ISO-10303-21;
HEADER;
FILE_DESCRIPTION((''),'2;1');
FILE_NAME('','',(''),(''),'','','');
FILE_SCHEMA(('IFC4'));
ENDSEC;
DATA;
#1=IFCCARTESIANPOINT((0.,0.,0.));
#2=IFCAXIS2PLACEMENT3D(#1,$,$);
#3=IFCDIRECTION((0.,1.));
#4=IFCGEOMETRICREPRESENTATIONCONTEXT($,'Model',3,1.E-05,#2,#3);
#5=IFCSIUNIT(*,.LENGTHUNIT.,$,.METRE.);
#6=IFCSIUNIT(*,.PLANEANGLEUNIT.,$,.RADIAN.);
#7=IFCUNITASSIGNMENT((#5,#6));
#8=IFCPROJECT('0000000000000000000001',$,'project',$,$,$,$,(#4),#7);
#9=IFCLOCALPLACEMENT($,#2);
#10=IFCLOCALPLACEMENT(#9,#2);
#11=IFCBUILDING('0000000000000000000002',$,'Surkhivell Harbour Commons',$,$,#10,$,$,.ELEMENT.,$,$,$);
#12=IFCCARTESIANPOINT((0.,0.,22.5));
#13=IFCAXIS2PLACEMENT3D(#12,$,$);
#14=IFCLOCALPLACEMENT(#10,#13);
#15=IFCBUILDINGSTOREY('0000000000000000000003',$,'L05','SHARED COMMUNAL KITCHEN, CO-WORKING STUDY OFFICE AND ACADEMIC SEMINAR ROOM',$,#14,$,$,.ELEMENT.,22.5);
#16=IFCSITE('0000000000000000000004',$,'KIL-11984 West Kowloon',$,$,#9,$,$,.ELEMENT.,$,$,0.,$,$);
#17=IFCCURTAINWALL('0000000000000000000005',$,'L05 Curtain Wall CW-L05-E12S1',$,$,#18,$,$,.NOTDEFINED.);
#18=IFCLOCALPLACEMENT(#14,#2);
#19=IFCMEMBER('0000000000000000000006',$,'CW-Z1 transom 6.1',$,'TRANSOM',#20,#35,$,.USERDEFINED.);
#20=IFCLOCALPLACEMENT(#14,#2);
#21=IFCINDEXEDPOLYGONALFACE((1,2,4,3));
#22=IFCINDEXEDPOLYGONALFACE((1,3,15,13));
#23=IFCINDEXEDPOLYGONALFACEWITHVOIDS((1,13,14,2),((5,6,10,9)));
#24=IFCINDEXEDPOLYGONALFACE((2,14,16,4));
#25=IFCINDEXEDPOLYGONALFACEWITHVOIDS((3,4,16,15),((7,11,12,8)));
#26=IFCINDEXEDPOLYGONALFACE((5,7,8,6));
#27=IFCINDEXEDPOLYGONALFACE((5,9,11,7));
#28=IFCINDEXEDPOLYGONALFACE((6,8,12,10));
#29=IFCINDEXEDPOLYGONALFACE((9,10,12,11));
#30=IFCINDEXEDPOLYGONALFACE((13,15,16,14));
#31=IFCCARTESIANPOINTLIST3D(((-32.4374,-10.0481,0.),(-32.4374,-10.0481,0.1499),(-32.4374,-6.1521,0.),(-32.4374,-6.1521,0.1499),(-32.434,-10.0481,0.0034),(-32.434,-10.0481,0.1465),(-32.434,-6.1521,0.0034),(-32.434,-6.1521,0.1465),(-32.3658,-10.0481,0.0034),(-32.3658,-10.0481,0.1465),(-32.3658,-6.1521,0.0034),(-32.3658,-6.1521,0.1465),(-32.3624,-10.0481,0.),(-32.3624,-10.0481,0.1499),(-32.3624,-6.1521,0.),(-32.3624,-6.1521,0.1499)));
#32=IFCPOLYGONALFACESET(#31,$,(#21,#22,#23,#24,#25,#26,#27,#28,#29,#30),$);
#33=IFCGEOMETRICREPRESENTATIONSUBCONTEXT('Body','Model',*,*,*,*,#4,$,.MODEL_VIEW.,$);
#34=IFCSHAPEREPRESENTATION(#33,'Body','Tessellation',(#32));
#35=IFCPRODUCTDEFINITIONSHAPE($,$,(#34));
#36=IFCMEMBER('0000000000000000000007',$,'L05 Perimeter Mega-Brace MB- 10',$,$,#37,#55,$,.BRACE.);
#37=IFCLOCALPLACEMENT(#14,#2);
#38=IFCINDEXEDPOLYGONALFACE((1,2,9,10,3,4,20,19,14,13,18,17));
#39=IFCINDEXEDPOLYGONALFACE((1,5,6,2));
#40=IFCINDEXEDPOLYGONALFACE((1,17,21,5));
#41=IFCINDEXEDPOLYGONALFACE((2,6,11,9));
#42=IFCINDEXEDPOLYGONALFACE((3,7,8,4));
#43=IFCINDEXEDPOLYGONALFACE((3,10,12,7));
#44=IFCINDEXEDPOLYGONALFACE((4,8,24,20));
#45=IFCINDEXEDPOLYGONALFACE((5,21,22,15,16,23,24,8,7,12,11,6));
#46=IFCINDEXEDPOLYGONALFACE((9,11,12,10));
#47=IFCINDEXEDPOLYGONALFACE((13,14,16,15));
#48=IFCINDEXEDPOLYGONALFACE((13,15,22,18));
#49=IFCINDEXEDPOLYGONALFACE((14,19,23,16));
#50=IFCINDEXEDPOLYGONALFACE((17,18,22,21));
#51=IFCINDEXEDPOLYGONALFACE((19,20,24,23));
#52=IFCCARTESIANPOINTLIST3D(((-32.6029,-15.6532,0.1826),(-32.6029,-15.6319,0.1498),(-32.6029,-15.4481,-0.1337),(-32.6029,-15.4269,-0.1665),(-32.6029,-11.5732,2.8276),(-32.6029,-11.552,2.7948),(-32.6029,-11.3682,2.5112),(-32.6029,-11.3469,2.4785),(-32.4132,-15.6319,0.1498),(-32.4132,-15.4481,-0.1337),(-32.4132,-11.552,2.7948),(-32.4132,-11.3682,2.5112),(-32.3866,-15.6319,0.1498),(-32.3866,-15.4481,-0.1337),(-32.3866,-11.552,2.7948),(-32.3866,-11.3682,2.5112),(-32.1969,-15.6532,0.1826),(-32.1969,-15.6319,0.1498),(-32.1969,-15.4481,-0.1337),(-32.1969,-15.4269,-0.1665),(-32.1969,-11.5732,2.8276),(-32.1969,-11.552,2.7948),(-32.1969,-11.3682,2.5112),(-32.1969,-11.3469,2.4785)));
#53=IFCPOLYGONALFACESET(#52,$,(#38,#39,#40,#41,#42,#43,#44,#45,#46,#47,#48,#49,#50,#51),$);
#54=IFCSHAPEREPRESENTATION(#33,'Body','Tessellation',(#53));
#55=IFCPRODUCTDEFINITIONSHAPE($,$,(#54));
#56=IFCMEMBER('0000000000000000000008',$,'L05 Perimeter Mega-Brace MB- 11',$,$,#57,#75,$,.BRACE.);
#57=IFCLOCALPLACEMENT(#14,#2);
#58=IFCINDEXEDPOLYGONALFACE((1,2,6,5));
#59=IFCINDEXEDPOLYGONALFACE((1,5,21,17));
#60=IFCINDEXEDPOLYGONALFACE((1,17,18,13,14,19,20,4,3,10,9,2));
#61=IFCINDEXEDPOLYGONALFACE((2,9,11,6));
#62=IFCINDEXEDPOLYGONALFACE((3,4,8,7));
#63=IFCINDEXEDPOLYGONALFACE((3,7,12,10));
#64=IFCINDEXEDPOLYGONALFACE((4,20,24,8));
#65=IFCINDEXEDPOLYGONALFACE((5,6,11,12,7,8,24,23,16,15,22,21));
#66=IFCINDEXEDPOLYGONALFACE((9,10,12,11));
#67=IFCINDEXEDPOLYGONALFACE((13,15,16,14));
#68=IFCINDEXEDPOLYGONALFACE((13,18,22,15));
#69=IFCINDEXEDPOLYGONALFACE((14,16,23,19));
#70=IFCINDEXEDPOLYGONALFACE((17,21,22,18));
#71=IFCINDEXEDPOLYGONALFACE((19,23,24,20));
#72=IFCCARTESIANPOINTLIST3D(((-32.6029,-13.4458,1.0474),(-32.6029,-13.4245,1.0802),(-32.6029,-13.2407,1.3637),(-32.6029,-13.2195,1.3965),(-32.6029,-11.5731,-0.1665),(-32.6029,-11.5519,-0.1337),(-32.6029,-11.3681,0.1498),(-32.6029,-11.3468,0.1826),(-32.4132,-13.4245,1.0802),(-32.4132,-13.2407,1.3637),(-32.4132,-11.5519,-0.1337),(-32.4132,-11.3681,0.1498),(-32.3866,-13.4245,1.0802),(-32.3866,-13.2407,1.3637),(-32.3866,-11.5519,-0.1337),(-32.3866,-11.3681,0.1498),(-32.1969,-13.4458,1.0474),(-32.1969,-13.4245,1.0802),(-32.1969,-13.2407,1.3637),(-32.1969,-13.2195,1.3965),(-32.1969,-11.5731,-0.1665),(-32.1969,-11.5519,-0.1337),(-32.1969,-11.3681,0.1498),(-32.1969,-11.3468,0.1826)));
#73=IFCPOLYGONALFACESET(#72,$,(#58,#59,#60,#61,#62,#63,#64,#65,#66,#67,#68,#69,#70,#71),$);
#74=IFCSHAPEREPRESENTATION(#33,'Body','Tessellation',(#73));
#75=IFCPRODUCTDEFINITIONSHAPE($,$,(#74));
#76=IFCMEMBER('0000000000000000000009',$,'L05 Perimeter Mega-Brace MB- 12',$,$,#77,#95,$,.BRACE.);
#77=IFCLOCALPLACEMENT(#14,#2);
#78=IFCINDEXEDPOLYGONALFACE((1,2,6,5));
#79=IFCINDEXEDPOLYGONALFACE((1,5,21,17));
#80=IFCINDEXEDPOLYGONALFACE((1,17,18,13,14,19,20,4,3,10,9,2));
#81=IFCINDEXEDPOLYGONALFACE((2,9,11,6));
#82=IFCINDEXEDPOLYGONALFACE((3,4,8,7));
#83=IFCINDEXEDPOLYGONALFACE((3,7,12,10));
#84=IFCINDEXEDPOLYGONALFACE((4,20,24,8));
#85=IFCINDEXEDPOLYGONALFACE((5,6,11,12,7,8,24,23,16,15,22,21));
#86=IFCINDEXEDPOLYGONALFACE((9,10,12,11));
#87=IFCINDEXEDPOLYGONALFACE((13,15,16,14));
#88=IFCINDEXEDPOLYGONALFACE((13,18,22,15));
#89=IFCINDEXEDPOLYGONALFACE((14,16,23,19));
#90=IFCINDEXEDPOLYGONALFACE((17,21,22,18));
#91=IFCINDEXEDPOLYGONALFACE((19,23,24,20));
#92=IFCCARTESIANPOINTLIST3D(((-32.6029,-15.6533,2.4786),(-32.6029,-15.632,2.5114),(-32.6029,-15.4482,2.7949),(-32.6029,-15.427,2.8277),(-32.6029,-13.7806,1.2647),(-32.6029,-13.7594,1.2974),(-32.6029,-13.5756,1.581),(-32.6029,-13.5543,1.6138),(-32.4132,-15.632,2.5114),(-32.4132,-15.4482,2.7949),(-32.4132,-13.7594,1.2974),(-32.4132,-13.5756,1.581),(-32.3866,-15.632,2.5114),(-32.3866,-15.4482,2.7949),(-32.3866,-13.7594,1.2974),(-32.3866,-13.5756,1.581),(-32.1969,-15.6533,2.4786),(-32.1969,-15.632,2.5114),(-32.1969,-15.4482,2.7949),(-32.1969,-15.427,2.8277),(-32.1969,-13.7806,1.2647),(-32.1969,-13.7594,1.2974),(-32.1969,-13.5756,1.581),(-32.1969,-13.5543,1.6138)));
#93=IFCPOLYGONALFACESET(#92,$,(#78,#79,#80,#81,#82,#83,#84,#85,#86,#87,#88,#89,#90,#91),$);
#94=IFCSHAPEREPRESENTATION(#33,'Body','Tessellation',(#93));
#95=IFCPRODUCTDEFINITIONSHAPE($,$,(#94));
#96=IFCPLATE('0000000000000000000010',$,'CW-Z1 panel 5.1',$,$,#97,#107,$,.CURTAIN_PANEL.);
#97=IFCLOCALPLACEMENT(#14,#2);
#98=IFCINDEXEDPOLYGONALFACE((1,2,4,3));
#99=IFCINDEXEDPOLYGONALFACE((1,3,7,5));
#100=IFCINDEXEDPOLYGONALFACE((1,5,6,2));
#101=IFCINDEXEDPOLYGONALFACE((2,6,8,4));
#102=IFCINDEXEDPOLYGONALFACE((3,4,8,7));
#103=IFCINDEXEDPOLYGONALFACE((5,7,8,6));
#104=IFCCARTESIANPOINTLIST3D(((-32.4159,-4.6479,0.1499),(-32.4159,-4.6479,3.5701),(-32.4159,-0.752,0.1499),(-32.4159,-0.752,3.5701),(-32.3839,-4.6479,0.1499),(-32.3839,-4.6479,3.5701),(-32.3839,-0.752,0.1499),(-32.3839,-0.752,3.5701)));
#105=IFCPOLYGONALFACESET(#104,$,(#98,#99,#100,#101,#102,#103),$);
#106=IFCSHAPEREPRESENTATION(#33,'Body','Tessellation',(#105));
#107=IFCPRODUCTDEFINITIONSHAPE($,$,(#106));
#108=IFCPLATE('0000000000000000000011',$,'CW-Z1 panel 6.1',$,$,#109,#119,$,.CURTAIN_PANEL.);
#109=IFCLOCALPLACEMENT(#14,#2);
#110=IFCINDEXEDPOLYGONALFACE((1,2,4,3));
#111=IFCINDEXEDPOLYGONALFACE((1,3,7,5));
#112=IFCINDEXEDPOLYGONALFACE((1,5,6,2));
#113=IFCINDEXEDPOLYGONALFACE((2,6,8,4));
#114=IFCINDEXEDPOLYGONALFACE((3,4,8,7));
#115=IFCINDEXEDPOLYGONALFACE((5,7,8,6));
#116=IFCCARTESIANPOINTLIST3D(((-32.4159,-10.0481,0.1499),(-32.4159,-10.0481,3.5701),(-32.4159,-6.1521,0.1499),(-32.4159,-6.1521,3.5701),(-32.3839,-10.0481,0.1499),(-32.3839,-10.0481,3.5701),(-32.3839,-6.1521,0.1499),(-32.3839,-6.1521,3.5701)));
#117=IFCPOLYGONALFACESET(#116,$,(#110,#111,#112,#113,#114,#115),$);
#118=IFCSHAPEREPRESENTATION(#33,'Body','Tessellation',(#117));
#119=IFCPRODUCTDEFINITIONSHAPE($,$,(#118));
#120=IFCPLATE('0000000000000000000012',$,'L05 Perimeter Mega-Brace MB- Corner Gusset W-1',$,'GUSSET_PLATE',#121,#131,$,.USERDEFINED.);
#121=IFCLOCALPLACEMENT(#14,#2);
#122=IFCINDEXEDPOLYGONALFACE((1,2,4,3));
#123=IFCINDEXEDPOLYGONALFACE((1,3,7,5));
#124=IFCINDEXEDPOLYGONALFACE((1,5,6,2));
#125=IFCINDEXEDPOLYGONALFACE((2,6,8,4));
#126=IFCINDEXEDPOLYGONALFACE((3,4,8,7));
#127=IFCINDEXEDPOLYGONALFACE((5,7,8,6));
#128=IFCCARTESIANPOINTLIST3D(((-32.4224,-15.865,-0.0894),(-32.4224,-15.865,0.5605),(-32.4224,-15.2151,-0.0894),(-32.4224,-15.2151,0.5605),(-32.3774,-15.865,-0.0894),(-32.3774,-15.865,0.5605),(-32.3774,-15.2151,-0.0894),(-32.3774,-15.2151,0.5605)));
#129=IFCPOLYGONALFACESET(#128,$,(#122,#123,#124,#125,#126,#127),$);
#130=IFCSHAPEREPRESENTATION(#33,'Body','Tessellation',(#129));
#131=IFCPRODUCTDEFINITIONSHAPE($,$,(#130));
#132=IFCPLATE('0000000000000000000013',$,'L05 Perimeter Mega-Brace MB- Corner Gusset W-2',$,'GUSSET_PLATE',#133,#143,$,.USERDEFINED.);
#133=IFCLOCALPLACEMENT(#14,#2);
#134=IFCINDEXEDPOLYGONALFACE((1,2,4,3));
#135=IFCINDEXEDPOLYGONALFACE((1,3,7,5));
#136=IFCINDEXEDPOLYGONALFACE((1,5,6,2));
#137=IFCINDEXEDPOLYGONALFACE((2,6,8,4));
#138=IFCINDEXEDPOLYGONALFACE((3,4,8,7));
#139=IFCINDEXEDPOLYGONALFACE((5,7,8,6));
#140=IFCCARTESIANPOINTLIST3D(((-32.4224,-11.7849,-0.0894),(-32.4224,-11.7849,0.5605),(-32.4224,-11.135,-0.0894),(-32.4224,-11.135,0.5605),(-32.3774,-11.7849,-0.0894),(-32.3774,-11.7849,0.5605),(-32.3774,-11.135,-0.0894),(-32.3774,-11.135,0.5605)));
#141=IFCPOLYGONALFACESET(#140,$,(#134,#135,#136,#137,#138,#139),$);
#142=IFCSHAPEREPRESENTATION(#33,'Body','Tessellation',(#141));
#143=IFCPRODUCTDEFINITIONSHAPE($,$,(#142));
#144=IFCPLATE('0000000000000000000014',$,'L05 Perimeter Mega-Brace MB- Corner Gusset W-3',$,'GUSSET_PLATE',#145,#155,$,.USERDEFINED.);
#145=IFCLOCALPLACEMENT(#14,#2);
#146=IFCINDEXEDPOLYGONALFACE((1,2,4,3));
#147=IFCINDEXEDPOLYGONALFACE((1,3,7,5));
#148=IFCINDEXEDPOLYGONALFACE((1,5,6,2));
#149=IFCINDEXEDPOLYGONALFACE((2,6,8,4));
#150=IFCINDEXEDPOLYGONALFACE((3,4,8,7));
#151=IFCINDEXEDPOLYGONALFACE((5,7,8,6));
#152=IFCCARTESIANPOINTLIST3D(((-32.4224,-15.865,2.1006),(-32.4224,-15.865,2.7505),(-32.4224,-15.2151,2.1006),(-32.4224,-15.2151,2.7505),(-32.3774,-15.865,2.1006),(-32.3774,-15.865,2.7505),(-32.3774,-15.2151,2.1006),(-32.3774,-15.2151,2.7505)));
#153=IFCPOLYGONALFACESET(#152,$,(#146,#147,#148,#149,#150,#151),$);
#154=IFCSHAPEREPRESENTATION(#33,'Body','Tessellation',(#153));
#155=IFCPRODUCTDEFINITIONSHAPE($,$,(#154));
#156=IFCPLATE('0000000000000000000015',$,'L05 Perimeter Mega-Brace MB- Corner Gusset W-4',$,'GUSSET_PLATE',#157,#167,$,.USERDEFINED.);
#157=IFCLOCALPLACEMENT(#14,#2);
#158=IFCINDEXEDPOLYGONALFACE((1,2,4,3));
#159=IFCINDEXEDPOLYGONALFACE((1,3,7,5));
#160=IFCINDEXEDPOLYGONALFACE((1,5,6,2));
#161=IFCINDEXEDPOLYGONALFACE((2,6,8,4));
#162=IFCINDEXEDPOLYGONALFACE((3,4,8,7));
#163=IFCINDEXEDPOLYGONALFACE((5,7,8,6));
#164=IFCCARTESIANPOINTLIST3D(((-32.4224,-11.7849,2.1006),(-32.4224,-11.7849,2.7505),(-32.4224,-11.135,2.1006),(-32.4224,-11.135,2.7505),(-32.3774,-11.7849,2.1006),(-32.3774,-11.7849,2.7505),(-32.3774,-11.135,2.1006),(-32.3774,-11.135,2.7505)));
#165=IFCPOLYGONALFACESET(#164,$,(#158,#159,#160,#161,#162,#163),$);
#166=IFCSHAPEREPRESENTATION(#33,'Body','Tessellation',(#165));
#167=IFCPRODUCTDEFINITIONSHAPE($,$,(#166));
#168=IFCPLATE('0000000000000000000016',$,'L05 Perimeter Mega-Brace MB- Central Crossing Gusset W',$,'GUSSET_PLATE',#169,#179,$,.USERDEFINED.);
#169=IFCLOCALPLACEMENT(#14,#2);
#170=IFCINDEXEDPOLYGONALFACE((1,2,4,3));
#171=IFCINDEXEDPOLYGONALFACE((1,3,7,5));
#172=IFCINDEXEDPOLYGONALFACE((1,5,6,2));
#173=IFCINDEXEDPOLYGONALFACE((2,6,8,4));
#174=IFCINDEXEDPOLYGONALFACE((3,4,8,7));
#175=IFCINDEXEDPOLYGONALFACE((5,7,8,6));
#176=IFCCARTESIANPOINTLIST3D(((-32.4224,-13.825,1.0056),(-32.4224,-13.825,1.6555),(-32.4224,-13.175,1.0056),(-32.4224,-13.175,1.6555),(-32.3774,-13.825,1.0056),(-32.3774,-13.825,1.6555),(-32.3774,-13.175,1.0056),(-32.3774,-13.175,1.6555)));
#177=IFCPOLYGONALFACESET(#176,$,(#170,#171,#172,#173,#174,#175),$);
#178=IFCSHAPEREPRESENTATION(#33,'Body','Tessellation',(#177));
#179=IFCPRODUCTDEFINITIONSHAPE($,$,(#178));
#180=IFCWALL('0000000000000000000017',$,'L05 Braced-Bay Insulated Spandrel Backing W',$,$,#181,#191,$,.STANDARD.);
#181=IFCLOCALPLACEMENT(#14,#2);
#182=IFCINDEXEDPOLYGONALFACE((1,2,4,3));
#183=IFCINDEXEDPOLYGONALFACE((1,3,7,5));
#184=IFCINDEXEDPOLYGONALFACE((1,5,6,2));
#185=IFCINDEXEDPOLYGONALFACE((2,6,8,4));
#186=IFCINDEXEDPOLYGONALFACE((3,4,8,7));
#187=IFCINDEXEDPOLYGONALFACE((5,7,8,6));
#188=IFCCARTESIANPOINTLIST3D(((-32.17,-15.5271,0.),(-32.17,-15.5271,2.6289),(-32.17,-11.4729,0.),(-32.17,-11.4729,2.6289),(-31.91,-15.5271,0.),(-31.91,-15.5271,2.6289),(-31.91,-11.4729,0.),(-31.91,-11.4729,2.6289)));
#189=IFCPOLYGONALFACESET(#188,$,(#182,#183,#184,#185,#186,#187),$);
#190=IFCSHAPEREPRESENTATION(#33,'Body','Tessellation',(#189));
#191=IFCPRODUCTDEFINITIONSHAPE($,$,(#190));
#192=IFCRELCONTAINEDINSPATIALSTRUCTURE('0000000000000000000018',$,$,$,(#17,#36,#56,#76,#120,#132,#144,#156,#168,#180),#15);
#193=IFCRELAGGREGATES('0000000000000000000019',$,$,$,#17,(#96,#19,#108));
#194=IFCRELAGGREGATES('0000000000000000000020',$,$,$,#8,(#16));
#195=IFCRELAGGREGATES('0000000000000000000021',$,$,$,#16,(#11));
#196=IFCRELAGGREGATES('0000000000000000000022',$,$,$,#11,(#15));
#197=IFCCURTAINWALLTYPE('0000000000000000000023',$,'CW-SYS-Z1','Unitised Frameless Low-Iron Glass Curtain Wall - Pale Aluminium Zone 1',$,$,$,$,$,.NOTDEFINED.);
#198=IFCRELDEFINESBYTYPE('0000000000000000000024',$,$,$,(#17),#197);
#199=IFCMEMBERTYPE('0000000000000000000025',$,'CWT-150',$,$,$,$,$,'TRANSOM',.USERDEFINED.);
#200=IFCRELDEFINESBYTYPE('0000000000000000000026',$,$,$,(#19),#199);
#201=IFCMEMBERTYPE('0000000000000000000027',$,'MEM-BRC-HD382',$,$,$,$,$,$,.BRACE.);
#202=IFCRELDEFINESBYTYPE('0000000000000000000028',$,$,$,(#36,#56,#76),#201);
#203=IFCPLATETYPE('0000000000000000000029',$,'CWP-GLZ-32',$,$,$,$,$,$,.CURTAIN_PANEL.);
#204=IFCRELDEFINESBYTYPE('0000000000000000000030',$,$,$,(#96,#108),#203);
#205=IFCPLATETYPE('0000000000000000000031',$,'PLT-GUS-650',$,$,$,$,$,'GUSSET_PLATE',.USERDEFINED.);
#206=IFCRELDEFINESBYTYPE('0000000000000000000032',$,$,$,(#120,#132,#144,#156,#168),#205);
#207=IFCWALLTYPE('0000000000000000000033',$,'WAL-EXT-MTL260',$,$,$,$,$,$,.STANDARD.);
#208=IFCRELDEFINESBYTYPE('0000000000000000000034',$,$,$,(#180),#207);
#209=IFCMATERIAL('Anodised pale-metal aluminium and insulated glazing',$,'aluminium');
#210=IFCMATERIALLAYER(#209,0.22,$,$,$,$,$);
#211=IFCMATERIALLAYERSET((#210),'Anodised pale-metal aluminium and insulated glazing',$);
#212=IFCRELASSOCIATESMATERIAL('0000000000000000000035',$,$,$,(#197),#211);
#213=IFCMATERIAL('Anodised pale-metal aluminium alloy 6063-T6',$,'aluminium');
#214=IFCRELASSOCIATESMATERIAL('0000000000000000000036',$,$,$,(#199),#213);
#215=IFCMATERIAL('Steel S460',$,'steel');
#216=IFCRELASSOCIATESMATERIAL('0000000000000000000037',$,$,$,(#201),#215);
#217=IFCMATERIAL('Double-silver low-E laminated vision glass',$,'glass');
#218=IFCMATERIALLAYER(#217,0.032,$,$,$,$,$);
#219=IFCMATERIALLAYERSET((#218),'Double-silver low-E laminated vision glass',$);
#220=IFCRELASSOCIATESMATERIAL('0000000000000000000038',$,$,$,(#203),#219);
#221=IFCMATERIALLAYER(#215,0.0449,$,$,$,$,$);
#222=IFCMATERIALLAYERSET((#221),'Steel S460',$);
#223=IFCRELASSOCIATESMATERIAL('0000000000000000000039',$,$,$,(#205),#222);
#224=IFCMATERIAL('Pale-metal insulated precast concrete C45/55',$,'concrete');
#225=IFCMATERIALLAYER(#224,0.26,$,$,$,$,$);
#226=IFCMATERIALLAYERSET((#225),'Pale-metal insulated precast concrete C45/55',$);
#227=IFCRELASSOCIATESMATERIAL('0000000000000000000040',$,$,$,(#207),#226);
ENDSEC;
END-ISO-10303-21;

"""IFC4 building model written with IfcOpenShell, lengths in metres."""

from ifc_helpers import new_model, si_unit, direction, frame, frame_2d, origin, origin_2d, place, context, subcontext, project, spatial, rectangle, hollow_rectangle, i_section, extrude, material, layer, layer_set, material_profile, profile_set, type_object, element, aggregate, save


model = new_model("IFC4")

# Units and contexts
model_context = context("Model", 3, precision=1e-05, world=origin(), true_north=direction((0.0, 1.0)))
body_context = subcontext(model_context, "Body", "Model", "MODEL_VIEW")
ifc_project = project(units=[si_unit("LENGTHUNIT", "METRE"), si_unit("PLANEANGLEUNIT", "RADIAN")], contexts=[model_context])

# Site, building, storey
site_placement = place(None, origin())
site = spatial("IfcSite", under=ifc_project, at=site_placement, Name="KIL-11984 West Kowloon", CompositionType="ELEMENT", RefElevation=0.0)
building_placement = place(site_placement, origin())
building = spatial("IfcBuilding", under=site, at=building_placement, Name="Surkhivell Harbour Commons", CompositionType="ELEMENT")
storey_placement = place(building_placement, frame((0.0, 0.0, 22.5)))
storey = spatial("IfcBuildingStorey", under=building, at=storey_placement, Name="L05", Description="SHARED COMMUNAL KITCHEN, CO-WORKING STUDY OFFICE AND ACADEMIC SEMINAR ROOM", CompositionType="ELEMENT", Elevation=22.5)

# Shared definitions
ifc_material_1 = material(Name="Steel S460", Category="steel")

# Curtain wall, member
ifc_material_2 = material(Name="Anodised pale-metal aluminium and insulated glazing", Category="aluminium")
ifc_layer_1 = layer(ifc_material_2, 0.22)
ifc_layer_set_1 = layer_set([ifc_layer_1], Name="Anodised pale-metal aluminium and insulated glazing")
curtain_wall_type = type_object("IfcCurtainWallType", Name="CW-SYS-Z1", Description="Unitised Frameless Low-Iron Glass Curtain Wall - Pale Aluminium Zone 1", PredefinedType="NOTDEFINED", material=ifc_layer_set_1)
curtain_wall_placement = place(storey_placement, origin())
curtain_wall = element("IfcCurtainWall", 1, at=curtain_wall_placement, inside=storey, type_object=curtain_wall_type, Name="L05 Curtain Wall CW-L05-E12S1", PredefinedType="NOTDEFINED")
ifc_material_3 = material(Name="Anodised pale-metal aluminium alloy 6063-T6", Category="aluminium")
ifc_material_profile_1 = material_profile(ifc_material_3, hollow_rectangle(XDim=0.075, YDim=0.1499, WallThickness=0.0034, at=origin_2d()), Name="ALU-TRAN-75x150")
ifc_profile_set_1 = profile_set([ifc_material_profile_1], Name="Anodised pale-metal aluminium alloy 6063-T6")
member_type_1 = type_object("IfcMemberType", Name="CWT-150", ElementType="TRANSOM", PredefinedType="USERDEFINED", material=ifc_profile_set_1)
member_1_placement = place(storey_placement, frame((-32.3999, -6.1521, 0.075), z_axis=(0.0, -1.0, 0.0), x_axis=(1.0, 0.0, 0.0)))
member_1 = element("IfcMember", 2, at=member_1_placement, type_object=member_type_1, Name="CW-Z1 transom 6.1", ObjectType="TRANSOM", PredefinedType="USERDEFINED", context=body_context, shape_type="SweptSolid", body=[
    extrude(hollow_rectangle(XDim=0.075, YDim=0.1499, WallThickness=0.0034, at=origin_2d()), origin(), (0.0, 0.0, 1.0), 3.896),
])

# Members
ifc_material_profile_2 = material_profile(ifc_material_1, i_section(OverallWidth=0.406, OverallDepth=0.416, WebThickness=0.0266, FlangeThickness=0.0391, at=origin_2d()), Name="HD400x382")
ifc_profile_set_2 = profile_set([ifc_material_profile_2], Name="Steel S460")
member_type_2 = type_object("IfcMemberType", Name="MEM-BRC-HD382", PredefinedType="BRACE", material=ifc_profile_set_2)
member_2_placement = place(storey_placement, frame((-32.3999, -15.54, 0.0081), z_axis=(0.0, 0.839104, 0.543971), x_axis=(-1.0, 0.0, 0.0)))
element("IfcMember", 3, at=member_2_placement, inside=storey, type_object=member_type_2, Name="L05 Perimeter Mega-Brace MB- 10", PredefinedType="BRACE", context=body_context, shape_type="SweptSolid", body=[
    extrude(i_section(OverallWidth=0.406, OverallDepth=0.416, WebThickness=0.0266, FlangeThickness=0.0391, at=origin_2d()), origin(), (0.0, 0.0, 1.0), 4.8623),
])
for number, where, z_axis, x_axis, name in (
    (4, (-32.3999, -11.46, 0.0081), (0.0, -0.839118, 0.54395), (1.0, 0.0, 0.0), "L05 Perimeter Mega-Brace MB- 11"),
    (5, (-32.3999, -13.6675, 1.4392), (0.0, -0.839118, 0.54395), (1.0, 0.0, 0.0), "L05 Perimeter Mega-Brace MB- 12"),
):
    element("IfcMember", number, at=place(storey_placement, frame(where, z_axis=z_axis, x_axis=x_axis)), inside=storey, type_object=member_type_2, Name=name, PredefinedType="BRACE", context=body_context, shape_type="SweptSolid", body=[
        extrude(i_section(OverallWidth=0.406, OverallDepth=0.416, WebThickness=0.0266, FlangeThickness=0.0391, at=origin_2d()), origin(), (0.0, 0.0, 1.0), 2.2317),
    ])

# Plates
ifc_material_4 = material(Name="Double-silver low-E laminated vision glass", Category="glass")
ifc_layer_2 = layer(ifc_material_4, 0.032)
ifc_layer_set_2 = layer_set([ifc_layer_2], Name="Double-silver low-E laminated vision glass")
plate_type_1 = type_object("IfcPlateType", Name="CWP-GLZ-32", PredefinedType="CURTAIN_PANEL", material=ifc_layer_set_2)
plate_1_placement = place(storey_placement, frame((-32.3999, -0.752, 0.1499), z_axis=(0.0, 0.0, 1.0), x_axis=(0.0, -1.0, 0.0)))
plate_1 = element("IfcPlate", 6, at=plate_1_placement, type_object=plate_type_1, Name="CW-Z1 panel 5.1", PredefinedType="CURTAIN_PANEL", context=body_context, shape_type="SweptSolid", body=[
    extrude(rectangle(XDim=3.896, YDim=0.032, at=frame_2d((1.948, 0.0))), origin(), (0.0, 0.0, 1.0), 3.4202),
])
plate_2_placement = place(storey_placement, frame((-32.3999, -6.1521, 0.1499), z_axis=(0.0, 0.0, 1.0), x_axis=(0.0, -1.0, 0.0)))
plate_2 = element("IfcPlate", 7, at=plate_2_placement, type_object=plate_type_1, Name="CW-Z1 panel 6.1", PredefinedType="CURTAIN_PANEL", context=body_context, shape_type="SweptSolid", body=[
    extrude(rectangle(XDim=3.896, YDim=0.032, at=frame_2d((1.948, 0.0))), origin(), (0.0, 0.0, 1.0), 3.4202),
])
aggregate(curtain_wall, [plate_1, member_1, plate_2])

# Plates
ifc_layer_3 = layer(ifc_material_1, 0.0449)
ifc_layer_set_3 = layer_set([ifc_layer_3], Name="Steel S460")
plate_type_2 = type_object("IfcPlateType", Name="PLT-GUS-650", ElementType="GUSSET_PLATE", PredefinedType="USERDEFINED", material=ifc_layer_set_3)
for number, where, z_axis, x_axis, name in (
    (8, (-32.3999, -15.54, -0.0894), (0.0, 0.0, 1.0), (0.0, 1.0, 0.0), "L05 Perimeter Mega-Brace MB- Corner Gusset W-1"),
    (9, (-32.3999, -11.46, -0.0894), (0.0, 0.0, 1.0), (0.0, 1.0, 0.0), "L05 Perimeter Mega-Brace MB- Corner Gusset W-2"),
    (10, (-32.3999, -15.54, 2.1006), (0.0, 0.0, 1.0), (0.0, 1.0, 0.0), "L05 Perimeter Mega-Brace MB- Corner Gusset W-3"),
    (11, (-32.3999, -11.46, 2.1006), (0.0, 0.0, 1.0), (0.0, 1.0, 0.0), "L05 Perimeter Mega-Brace MB- Corner Gusset W-4"),
    (12, (-32.3999, -13.5, 1.0056), (0.0, 0.0, 1.0), (0.0, 1.0, 0.0), "L05 Perimeter Mega-Brace MB- Central Crossing Gusset W"),
):
    element("IfcPlate", number, at=place(storey_placement, frame(where, z_axis=z_axis, x_axis=x_axis)), inside=storey, type_object=plate_type_2, Name=name, ObjectType="GUSSET_PLATE", PredefinedType="USERDEFINED", context=body_context, shape_type="SweptSolid", body=[
        extrude(rectangle(XDim=0.6499, YDim=0.0449, at=origin_2d()), origin(), (0.0, 0.0, 1.0), 0.6499),
    ])

# Wall
ifc_material_5 = material(Name="Pale-metal insulated precast concrete C45/55", Category="concrete")
ifc_layer_4 = layer(ifc_material_5, 0.26)
ifc_layer_set_4 = layer_set([ifc_layer_4], Name="Pale-metal insulated precast concrete C45/55")
wall_type_1 = type_object("IfcWallType", Name="WAL-EXT-MTL260", PredefinedType="STANDARD", material=ifc_layer_set_4)
wall_placement = place(storey_placement, frame((-32.04, -11.4729, 0.0), z_axis=(0.0, 0.0, 1.0), x_axis=(0.0, -1.0, 0.0)))
element("IfcWall", 13, at=wall_placement, inside=storey, type_object=wall_type_1, Name="L05 Braced-Bay Insulated Spandrel Backing W", PredefinedType="STANDARD", context=body_context, shape_type="SweptSolid", body=[
    extrude(rectangle(XDim=4.0542, YDim=0.26, at=frame_2d((2.0271, 0.0))), origin(), (0.0, 0.0, 1.0), 2.6289),
])

save(model, "model.ifc")
